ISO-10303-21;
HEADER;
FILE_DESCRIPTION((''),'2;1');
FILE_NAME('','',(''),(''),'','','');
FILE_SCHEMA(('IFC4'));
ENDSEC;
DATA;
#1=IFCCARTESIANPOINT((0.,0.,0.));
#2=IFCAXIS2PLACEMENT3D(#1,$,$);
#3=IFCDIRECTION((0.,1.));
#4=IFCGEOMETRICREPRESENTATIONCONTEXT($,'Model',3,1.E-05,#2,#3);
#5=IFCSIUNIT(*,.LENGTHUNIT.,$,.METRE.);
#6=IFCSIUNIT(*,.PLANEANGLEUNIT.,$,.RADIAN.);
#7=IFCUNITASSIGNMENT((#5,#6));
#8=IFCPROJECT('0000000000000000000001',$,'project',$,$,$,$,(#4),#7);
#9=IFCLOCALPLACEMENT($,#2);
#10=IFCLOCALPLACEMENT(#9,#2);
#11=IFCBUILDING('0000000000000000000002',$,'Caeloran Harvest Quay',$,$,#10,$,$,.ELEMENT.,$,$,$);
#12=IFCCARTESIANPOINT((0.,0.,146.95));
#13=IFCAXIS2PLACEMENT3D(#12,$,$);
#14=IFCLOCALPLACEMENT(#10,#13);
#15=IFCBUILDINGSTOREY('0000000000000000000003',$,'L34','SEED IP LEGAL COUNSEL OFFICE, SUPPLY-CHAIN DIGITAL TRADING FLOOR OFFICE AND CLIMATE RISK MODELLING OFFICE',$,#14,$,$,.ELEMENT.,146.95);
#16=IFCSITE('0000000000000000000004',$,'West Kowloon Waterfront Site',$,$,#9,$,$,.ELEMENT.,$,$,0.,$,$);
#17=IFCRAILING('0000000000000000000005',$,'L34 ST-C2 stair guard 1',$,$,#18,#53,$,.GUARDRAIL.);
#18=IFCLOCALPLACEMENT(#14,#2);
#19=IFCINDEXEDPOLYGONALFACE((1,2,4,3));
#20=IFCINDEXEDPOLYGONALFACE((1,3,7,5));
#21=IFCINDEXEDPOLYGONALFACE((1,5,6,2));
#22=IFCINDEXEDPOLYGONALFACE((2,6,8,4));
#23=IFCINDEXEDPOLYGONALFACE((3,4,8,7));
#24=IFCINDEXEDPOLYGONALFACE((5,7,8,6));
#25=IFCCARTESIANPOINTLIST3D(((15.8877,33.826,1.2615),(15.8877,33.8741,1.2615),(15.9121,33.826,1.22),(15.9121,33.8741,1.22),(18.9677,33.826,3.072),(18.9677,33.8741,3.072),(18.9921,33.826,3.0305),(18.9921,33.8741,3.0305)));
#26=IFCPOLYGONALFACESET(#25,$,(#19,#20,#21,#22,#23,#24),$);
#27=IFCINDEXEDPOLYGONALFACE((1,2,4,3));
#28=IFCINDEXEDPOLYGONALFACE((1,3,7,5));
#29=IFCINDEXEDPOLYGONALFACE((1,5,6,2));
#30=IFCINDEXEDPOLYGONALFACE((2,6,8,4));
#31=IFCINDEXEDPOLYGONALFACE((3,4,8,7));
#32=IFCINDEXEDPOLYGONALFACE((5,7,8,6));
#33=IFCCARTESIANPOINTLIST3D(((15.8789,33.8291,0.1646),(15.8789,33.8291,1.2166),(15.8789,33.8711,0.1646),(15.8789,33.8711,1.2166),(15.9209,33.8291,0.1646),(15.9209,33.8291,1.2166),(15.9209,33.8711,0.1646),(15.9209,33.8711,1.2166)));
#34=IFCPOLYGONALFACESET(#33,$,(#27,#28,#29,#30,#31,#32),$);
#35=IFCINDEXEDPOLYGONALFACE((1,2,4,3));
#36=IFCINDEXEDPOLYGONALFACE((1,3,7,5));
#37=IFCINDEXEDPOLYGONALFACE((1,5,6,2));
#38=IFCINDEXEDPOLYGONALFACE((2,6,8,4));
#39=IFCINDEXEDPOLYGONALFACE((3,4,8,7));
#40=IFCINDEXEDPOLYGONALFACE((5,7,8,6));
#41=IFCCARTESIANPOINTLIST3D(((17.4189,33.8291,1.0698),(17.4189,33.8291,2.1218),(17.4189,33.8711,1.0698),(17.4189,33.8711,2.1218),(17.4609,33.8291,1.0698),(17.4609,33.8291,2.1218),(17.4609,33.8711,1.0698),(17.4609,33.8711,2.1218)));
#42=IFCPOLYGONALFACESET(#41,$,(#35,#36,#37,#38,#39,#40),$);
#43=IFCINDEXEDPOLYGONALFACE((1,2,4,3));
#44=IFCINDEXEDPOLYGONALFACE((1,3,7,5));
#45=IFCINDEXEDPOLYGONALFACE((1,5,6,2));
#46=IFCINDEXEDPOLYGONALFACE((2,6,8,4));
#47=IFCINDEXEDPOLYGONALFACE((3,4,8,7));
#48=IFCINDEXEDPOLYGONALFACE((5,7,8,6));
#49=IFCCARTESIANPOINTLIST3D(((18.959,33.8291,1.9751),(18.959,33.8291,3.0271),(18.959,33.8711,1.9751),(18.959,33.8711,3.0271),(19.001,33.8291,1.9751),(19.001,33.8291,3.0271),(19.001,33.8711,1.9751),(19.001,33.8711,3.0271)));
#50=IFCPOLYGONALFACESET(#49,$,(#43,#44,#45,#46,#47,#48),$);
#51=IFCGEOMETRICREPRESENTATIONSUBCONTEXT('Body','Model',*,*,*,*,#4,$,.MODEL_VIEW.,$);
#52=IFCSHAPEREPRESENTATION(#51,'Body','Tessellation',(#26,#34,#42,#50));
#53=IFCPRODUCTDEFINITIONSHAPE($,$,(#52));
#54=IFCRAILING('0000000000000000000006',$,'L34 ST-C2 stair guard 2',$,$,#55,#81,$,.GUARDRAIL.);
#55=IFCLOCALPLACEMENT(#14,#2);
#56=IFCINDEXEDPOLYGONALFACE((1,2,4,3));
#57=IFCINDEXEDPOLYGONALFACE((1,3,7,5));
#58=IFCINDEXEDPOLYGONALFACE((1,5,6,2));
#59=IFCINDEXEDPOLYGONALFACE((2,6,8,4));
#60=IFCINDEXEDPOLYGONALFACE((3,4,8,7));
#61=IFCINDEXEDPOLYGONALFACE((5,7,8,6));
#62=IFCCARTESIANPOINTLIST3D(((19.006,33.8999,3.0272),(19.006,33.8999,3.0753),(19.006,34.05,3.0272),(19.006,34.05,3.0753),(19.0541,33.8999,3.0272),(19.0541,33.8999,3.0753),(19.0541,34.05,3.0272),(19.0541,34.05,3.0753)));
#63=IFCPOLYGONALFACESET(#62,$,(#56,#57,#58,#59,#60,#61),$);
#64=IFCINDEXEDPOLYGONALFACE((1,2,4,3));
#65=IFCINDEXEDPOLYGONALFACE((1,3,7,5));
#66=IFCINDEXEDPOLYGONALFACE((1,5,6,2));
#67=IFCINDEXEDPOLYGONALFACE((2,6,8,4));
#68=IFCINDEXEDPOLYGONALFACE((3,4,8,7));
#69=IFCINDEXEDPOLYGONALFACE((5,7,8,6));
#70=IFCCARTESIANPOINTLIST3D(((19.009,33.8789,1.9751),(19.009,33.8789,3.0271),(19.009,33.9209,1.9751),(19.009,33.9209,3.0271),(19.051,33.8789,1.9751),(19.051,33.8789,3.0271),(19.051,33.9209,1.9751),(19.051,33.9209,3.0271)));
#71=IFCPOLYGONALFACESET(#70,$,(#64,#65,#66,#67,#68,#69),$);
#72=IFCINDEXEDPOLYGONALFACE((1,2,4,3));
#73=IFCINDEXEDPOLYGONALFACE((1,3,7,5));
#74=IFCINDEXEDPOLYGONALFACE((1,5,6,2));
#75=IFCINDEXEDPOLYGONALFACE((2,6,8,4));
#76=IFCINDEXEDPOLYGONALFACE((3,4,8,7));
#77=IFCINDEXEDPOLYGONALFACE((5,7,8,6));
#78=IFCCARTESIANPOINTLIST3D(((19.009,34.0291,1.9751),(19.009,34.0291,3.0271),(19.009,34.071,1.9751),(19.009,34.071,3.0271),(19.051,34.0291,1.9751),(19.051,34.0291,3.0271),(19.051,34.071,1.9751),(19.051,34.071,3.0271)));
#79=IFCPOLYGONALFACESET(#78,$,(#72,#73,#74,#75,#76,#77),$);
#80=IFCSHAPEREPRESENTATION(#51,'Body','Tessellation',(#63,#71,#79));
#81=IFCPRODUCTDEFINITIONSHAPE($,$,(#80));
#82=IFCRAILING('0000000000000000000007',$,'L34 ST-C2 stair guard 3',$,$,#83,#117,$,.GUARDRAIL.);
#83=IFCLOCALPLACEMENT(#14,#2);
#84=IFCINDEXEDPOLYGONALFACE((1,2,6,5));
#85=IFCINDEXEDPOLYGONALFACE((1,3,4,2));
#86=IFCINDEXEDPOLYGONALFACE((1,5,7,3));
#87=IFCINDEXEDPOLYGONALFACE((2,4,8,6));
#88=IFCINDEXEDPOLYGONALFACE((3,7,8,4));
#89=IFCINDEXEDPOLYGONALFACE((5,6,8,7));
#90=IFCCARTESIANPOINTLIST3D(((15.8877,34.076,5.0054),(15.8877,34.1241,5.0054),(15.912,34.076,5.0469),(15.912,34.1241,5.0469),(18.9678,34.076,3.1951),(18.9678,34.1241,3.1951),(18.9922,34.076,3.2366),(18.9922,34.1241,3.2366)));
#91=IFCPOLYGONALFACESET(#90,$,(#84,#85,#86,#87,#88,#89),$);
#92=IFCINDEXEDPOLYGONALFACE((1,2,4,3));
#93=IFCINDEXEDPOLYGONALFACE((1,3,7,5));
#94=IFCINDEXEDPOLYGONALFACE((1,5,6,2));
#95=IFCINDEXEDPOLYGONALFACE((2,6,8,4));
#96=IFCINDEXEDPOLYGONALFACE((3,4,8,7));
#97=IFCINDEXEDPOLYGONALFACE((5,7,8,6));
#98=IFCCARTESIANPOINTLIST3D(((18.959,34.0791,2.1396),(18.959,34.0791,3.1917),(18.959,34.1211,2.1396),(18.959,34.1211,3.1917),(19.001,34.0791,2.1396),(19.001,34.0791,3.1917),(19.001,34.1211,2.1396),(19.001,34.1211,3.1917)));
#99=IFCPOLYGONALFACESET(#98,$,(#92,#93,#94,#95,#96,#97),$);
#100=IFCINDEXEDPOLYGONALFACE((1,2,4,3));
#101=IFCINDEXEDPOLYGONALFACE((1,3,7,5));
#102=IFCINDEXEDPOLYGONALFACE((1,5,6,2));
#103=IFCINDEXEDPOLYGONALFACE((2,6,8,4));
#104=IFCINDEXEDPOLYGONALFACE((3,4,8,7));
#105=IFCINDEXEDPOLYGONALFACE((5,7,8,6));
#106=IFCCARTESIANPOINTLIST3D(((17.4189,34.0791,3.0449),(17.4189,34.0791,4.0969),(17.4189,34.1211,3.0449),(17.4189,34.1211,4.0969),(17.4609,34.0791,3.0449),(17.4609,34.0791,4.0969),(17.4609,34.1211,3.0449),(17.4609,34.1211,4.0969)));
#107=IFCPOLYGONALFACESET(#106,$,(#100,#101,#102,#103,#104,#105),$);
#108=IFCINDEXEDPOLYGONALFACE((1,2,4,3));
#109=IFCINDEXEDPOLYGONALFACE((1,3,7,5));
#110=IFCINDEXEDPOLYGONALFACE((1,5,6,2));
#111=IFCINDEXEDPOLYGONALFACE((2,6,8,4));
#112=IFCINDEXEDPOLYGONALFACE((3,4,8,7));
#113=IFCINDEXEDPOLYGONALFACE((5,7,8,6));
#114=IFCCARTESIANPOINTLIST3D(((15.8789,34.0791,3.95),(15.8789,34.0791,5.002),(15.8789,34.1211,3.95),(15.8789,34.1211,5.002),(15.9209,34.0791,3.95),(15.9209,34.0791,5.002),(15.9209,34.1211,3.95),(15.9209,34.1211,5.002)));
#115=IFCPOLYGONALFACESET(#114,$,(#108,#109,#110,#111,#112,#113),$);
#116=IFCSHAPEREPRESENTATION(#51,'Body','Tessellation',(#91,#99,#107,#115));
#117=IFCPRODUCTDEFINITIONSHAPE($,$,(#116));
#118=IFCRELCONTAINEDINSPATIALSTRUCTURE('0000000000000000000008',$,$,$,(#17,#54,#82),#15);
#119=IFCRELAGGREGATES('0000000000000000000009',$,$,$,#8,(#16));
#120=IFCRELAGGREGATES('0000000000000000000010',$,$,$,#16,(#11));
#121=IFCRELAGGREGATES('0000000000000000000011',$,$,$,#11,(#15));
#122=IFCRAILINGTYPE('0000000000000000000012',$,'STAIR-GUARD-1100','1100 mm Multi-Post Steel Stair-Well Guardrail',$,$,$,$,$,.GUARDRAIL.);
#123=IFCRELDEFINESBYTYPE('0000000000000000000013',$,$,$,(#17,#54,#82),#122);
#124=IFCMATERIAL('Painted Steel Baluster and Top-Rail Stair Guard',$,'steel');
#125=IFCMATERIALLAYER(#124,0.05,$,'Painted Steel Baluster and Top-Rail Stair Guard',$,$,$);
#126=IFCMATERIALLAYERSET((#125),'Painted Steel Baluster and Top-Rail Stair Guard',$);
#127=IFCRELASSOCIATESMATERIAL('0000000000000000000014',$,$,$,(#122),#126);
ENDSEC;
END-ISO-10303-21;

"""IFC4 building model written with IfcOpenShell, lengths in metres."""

from ifc_helpers import new_model, si_unit, direction, frame, origin, origin_2d, place, context, subcontext, project, spatial, rectangle, extrude, material, layer, layer_set, type_object, element, save


model = new_model("IFC4")

# Units and contexts
model_context = context("Model", 3, precision=1e-05, world=origin(), true_north=direction((0.0, 1.0)))
body_context = subcontext(model_context, "Body", "Model", "MODEL_VIEW")
ifc_project = project(units=[si_unit("LENGTHUNIT", "METRE"), si_unit("PLANEANGLEUNIT", "RADIAN")], contexts=[model_context])

# Site, building, storey
site_placement = place(None, origin())
site = spatial("IfcSite", under=ifc_project, at=site_placement, Name="West Kowloon Waterfront Site", CompositionType="ELEMENT", RefElevation=0.0)
building_placement = place(site_placement, origin())
building = spatial("IfcBuilding", under=site, at=building_placement, Name="Caeloran Harvest Quay", CompositionType="ELEMENT")
storey_placement = place(building_placement, frame((0.0, 0.0, 146.95)))
storey = spatial("IfcBuildingStorey", under=building, at=storey_placement, Name="L34", Description="SEED IP LEGAL COUNSEL OFFICE, SUPPLY-CHAIN DIGITAL TRADING FLOOR OFFICE AND CLIMATE RISK MODELLING OFFICE", CompositionType="ELEMENT", Elevation=146.95)

# Railings
ifc_material_1 = material(Name="Painted Steel Baluster and Top-Rail Stair Guard", Category="steel")
ifc_layer_1 = layer(ifc_material_1, 0.05, Name="Painted Steel Baluster and Top-Rail Stair Guard")
ifc_layer_set_1 = layer_set([ifc_layer_1], Name="Painted Steel Baluster and Top-Rail Stair Guard")
railing_type_1 = type_object("IfcRailingType", Name="STAIR-GUARD-1100", Description="1100 mm Multi-Post Steel Stair-Well Guardrail", PredefinedType="GUARDRAIL", material=ifc_layer_set_1)
railing_1_placement = place(storey_placement, frame((15.8999, 33.8501, 0.1646)))
element("IfcRailing", 1, at=railing_1_placement, inside=storey, type_object=railing_type_1, Name="L34 ST-C2 stair guard 1", PredefinedType="GUARDRAIL", context=body_context, shape_type="SweptSolid", body=[
    extrude(rectangle(XDim=0.0481, YDim=0.0481, at=origin_2d()), frame((0.0, 0.0, 1.0762), z_axis=(0.862089, 0.0, 0.506757), x_axis=(0.0, 1.0, 0.0)), (0.0, 0.0, 1.0), 3.5728),
    extrude(rectangle(XDim=0.042, YDim=0.042, at=origin_2d()), origin(), (0.0, 0.0, 1.0), 1.052),
    extrude(rectangle(XDim=0.042, YDim=0.042, at=origin_2d()), frame((1.54, 0.0, 0.9053)), (0.0, 0.0, 1.0), 1.052),
    extrude(rectangle(XDim=0.042, YDim=0.042, at=origin_2d()), frame((3.0801, 0.0, 1.8105)), (0.0, 0.0, 1.0), 1.052),
])
railing_2_placement = place(storey_placement, frame((19.03, 33.8999, 1.9751)))
element("IfcRailing", 2, at=railing_2_placement, inside=storey, type_object=railing_type_1, Name="L34 ST-C2 stair guard 2", PredefinedType="GUARDRAIL", context=body_context, shape_type="SweptSolid", body=[
    extrude(rectangle(XDim=0.0481, YDim=0.0481, at=origin_2d()), frame((0.0, 0.0, 1.0762), z_axis=(0.0, 1.0, 0.0), x_axis=(-1.0, 0.0, 0.0)), (0.0, 0.0, 1.0), 0.1501),
    extrude(rectangle(XDim=0.042, YDim=0.042, at=origin_2d()), origin(), (0.0, 0.0, 1.0), 1.052),
    extrude(rectangle(XDim=0.042, YDim=0.042, at=origin_2d()), frame((0.0, 0.1501, 0.0)), (0.0, 0.0, 1.0), 1.052),
])
railing_3_placement = place(storey_placement, frame((18.98, 34.1001, 2.1396)))
element("IfcRailing", 3, at=railing_3_placement, inside=storey, type_object=railing_type_1, Name="L34 ST-C2 stair guard 3", PredefinedType="GUARDRAIL", context=body_context, shape_type="SweptSolid", body=[
    extrude(rectangle(XDim=0.0481, YDim=0.0481, at=origin_2d()), frame((0.0, 0.0, 1.0762), z_axis=(-0.862119, 0.0, 0.506707), x_axis=(0.0, -1.0, 0.0)), (0.0, 0.0, 1.0), 3.5728),
    extrude(rectangle(XDim=0.042, YDim=0.042, at=origin_2d()), origin(), (0.0, 0.0, 1.0), 1.052),
    extrude(rectangle(XDim=0.042, YDim=0.042, at=origin_2d()), frame((-1.54, 0.0, 0.9053)), (0.0, 0.0, 1.0), 1.052),
    extrude(rectangle(XDim=0.042, YDim=0.042, at=origin_2d()), frame((-3.0801, 0.0, 1.8103)), (0.0, 0.0, 1.0), 1.052),
])

save(model, "model.ifc")
